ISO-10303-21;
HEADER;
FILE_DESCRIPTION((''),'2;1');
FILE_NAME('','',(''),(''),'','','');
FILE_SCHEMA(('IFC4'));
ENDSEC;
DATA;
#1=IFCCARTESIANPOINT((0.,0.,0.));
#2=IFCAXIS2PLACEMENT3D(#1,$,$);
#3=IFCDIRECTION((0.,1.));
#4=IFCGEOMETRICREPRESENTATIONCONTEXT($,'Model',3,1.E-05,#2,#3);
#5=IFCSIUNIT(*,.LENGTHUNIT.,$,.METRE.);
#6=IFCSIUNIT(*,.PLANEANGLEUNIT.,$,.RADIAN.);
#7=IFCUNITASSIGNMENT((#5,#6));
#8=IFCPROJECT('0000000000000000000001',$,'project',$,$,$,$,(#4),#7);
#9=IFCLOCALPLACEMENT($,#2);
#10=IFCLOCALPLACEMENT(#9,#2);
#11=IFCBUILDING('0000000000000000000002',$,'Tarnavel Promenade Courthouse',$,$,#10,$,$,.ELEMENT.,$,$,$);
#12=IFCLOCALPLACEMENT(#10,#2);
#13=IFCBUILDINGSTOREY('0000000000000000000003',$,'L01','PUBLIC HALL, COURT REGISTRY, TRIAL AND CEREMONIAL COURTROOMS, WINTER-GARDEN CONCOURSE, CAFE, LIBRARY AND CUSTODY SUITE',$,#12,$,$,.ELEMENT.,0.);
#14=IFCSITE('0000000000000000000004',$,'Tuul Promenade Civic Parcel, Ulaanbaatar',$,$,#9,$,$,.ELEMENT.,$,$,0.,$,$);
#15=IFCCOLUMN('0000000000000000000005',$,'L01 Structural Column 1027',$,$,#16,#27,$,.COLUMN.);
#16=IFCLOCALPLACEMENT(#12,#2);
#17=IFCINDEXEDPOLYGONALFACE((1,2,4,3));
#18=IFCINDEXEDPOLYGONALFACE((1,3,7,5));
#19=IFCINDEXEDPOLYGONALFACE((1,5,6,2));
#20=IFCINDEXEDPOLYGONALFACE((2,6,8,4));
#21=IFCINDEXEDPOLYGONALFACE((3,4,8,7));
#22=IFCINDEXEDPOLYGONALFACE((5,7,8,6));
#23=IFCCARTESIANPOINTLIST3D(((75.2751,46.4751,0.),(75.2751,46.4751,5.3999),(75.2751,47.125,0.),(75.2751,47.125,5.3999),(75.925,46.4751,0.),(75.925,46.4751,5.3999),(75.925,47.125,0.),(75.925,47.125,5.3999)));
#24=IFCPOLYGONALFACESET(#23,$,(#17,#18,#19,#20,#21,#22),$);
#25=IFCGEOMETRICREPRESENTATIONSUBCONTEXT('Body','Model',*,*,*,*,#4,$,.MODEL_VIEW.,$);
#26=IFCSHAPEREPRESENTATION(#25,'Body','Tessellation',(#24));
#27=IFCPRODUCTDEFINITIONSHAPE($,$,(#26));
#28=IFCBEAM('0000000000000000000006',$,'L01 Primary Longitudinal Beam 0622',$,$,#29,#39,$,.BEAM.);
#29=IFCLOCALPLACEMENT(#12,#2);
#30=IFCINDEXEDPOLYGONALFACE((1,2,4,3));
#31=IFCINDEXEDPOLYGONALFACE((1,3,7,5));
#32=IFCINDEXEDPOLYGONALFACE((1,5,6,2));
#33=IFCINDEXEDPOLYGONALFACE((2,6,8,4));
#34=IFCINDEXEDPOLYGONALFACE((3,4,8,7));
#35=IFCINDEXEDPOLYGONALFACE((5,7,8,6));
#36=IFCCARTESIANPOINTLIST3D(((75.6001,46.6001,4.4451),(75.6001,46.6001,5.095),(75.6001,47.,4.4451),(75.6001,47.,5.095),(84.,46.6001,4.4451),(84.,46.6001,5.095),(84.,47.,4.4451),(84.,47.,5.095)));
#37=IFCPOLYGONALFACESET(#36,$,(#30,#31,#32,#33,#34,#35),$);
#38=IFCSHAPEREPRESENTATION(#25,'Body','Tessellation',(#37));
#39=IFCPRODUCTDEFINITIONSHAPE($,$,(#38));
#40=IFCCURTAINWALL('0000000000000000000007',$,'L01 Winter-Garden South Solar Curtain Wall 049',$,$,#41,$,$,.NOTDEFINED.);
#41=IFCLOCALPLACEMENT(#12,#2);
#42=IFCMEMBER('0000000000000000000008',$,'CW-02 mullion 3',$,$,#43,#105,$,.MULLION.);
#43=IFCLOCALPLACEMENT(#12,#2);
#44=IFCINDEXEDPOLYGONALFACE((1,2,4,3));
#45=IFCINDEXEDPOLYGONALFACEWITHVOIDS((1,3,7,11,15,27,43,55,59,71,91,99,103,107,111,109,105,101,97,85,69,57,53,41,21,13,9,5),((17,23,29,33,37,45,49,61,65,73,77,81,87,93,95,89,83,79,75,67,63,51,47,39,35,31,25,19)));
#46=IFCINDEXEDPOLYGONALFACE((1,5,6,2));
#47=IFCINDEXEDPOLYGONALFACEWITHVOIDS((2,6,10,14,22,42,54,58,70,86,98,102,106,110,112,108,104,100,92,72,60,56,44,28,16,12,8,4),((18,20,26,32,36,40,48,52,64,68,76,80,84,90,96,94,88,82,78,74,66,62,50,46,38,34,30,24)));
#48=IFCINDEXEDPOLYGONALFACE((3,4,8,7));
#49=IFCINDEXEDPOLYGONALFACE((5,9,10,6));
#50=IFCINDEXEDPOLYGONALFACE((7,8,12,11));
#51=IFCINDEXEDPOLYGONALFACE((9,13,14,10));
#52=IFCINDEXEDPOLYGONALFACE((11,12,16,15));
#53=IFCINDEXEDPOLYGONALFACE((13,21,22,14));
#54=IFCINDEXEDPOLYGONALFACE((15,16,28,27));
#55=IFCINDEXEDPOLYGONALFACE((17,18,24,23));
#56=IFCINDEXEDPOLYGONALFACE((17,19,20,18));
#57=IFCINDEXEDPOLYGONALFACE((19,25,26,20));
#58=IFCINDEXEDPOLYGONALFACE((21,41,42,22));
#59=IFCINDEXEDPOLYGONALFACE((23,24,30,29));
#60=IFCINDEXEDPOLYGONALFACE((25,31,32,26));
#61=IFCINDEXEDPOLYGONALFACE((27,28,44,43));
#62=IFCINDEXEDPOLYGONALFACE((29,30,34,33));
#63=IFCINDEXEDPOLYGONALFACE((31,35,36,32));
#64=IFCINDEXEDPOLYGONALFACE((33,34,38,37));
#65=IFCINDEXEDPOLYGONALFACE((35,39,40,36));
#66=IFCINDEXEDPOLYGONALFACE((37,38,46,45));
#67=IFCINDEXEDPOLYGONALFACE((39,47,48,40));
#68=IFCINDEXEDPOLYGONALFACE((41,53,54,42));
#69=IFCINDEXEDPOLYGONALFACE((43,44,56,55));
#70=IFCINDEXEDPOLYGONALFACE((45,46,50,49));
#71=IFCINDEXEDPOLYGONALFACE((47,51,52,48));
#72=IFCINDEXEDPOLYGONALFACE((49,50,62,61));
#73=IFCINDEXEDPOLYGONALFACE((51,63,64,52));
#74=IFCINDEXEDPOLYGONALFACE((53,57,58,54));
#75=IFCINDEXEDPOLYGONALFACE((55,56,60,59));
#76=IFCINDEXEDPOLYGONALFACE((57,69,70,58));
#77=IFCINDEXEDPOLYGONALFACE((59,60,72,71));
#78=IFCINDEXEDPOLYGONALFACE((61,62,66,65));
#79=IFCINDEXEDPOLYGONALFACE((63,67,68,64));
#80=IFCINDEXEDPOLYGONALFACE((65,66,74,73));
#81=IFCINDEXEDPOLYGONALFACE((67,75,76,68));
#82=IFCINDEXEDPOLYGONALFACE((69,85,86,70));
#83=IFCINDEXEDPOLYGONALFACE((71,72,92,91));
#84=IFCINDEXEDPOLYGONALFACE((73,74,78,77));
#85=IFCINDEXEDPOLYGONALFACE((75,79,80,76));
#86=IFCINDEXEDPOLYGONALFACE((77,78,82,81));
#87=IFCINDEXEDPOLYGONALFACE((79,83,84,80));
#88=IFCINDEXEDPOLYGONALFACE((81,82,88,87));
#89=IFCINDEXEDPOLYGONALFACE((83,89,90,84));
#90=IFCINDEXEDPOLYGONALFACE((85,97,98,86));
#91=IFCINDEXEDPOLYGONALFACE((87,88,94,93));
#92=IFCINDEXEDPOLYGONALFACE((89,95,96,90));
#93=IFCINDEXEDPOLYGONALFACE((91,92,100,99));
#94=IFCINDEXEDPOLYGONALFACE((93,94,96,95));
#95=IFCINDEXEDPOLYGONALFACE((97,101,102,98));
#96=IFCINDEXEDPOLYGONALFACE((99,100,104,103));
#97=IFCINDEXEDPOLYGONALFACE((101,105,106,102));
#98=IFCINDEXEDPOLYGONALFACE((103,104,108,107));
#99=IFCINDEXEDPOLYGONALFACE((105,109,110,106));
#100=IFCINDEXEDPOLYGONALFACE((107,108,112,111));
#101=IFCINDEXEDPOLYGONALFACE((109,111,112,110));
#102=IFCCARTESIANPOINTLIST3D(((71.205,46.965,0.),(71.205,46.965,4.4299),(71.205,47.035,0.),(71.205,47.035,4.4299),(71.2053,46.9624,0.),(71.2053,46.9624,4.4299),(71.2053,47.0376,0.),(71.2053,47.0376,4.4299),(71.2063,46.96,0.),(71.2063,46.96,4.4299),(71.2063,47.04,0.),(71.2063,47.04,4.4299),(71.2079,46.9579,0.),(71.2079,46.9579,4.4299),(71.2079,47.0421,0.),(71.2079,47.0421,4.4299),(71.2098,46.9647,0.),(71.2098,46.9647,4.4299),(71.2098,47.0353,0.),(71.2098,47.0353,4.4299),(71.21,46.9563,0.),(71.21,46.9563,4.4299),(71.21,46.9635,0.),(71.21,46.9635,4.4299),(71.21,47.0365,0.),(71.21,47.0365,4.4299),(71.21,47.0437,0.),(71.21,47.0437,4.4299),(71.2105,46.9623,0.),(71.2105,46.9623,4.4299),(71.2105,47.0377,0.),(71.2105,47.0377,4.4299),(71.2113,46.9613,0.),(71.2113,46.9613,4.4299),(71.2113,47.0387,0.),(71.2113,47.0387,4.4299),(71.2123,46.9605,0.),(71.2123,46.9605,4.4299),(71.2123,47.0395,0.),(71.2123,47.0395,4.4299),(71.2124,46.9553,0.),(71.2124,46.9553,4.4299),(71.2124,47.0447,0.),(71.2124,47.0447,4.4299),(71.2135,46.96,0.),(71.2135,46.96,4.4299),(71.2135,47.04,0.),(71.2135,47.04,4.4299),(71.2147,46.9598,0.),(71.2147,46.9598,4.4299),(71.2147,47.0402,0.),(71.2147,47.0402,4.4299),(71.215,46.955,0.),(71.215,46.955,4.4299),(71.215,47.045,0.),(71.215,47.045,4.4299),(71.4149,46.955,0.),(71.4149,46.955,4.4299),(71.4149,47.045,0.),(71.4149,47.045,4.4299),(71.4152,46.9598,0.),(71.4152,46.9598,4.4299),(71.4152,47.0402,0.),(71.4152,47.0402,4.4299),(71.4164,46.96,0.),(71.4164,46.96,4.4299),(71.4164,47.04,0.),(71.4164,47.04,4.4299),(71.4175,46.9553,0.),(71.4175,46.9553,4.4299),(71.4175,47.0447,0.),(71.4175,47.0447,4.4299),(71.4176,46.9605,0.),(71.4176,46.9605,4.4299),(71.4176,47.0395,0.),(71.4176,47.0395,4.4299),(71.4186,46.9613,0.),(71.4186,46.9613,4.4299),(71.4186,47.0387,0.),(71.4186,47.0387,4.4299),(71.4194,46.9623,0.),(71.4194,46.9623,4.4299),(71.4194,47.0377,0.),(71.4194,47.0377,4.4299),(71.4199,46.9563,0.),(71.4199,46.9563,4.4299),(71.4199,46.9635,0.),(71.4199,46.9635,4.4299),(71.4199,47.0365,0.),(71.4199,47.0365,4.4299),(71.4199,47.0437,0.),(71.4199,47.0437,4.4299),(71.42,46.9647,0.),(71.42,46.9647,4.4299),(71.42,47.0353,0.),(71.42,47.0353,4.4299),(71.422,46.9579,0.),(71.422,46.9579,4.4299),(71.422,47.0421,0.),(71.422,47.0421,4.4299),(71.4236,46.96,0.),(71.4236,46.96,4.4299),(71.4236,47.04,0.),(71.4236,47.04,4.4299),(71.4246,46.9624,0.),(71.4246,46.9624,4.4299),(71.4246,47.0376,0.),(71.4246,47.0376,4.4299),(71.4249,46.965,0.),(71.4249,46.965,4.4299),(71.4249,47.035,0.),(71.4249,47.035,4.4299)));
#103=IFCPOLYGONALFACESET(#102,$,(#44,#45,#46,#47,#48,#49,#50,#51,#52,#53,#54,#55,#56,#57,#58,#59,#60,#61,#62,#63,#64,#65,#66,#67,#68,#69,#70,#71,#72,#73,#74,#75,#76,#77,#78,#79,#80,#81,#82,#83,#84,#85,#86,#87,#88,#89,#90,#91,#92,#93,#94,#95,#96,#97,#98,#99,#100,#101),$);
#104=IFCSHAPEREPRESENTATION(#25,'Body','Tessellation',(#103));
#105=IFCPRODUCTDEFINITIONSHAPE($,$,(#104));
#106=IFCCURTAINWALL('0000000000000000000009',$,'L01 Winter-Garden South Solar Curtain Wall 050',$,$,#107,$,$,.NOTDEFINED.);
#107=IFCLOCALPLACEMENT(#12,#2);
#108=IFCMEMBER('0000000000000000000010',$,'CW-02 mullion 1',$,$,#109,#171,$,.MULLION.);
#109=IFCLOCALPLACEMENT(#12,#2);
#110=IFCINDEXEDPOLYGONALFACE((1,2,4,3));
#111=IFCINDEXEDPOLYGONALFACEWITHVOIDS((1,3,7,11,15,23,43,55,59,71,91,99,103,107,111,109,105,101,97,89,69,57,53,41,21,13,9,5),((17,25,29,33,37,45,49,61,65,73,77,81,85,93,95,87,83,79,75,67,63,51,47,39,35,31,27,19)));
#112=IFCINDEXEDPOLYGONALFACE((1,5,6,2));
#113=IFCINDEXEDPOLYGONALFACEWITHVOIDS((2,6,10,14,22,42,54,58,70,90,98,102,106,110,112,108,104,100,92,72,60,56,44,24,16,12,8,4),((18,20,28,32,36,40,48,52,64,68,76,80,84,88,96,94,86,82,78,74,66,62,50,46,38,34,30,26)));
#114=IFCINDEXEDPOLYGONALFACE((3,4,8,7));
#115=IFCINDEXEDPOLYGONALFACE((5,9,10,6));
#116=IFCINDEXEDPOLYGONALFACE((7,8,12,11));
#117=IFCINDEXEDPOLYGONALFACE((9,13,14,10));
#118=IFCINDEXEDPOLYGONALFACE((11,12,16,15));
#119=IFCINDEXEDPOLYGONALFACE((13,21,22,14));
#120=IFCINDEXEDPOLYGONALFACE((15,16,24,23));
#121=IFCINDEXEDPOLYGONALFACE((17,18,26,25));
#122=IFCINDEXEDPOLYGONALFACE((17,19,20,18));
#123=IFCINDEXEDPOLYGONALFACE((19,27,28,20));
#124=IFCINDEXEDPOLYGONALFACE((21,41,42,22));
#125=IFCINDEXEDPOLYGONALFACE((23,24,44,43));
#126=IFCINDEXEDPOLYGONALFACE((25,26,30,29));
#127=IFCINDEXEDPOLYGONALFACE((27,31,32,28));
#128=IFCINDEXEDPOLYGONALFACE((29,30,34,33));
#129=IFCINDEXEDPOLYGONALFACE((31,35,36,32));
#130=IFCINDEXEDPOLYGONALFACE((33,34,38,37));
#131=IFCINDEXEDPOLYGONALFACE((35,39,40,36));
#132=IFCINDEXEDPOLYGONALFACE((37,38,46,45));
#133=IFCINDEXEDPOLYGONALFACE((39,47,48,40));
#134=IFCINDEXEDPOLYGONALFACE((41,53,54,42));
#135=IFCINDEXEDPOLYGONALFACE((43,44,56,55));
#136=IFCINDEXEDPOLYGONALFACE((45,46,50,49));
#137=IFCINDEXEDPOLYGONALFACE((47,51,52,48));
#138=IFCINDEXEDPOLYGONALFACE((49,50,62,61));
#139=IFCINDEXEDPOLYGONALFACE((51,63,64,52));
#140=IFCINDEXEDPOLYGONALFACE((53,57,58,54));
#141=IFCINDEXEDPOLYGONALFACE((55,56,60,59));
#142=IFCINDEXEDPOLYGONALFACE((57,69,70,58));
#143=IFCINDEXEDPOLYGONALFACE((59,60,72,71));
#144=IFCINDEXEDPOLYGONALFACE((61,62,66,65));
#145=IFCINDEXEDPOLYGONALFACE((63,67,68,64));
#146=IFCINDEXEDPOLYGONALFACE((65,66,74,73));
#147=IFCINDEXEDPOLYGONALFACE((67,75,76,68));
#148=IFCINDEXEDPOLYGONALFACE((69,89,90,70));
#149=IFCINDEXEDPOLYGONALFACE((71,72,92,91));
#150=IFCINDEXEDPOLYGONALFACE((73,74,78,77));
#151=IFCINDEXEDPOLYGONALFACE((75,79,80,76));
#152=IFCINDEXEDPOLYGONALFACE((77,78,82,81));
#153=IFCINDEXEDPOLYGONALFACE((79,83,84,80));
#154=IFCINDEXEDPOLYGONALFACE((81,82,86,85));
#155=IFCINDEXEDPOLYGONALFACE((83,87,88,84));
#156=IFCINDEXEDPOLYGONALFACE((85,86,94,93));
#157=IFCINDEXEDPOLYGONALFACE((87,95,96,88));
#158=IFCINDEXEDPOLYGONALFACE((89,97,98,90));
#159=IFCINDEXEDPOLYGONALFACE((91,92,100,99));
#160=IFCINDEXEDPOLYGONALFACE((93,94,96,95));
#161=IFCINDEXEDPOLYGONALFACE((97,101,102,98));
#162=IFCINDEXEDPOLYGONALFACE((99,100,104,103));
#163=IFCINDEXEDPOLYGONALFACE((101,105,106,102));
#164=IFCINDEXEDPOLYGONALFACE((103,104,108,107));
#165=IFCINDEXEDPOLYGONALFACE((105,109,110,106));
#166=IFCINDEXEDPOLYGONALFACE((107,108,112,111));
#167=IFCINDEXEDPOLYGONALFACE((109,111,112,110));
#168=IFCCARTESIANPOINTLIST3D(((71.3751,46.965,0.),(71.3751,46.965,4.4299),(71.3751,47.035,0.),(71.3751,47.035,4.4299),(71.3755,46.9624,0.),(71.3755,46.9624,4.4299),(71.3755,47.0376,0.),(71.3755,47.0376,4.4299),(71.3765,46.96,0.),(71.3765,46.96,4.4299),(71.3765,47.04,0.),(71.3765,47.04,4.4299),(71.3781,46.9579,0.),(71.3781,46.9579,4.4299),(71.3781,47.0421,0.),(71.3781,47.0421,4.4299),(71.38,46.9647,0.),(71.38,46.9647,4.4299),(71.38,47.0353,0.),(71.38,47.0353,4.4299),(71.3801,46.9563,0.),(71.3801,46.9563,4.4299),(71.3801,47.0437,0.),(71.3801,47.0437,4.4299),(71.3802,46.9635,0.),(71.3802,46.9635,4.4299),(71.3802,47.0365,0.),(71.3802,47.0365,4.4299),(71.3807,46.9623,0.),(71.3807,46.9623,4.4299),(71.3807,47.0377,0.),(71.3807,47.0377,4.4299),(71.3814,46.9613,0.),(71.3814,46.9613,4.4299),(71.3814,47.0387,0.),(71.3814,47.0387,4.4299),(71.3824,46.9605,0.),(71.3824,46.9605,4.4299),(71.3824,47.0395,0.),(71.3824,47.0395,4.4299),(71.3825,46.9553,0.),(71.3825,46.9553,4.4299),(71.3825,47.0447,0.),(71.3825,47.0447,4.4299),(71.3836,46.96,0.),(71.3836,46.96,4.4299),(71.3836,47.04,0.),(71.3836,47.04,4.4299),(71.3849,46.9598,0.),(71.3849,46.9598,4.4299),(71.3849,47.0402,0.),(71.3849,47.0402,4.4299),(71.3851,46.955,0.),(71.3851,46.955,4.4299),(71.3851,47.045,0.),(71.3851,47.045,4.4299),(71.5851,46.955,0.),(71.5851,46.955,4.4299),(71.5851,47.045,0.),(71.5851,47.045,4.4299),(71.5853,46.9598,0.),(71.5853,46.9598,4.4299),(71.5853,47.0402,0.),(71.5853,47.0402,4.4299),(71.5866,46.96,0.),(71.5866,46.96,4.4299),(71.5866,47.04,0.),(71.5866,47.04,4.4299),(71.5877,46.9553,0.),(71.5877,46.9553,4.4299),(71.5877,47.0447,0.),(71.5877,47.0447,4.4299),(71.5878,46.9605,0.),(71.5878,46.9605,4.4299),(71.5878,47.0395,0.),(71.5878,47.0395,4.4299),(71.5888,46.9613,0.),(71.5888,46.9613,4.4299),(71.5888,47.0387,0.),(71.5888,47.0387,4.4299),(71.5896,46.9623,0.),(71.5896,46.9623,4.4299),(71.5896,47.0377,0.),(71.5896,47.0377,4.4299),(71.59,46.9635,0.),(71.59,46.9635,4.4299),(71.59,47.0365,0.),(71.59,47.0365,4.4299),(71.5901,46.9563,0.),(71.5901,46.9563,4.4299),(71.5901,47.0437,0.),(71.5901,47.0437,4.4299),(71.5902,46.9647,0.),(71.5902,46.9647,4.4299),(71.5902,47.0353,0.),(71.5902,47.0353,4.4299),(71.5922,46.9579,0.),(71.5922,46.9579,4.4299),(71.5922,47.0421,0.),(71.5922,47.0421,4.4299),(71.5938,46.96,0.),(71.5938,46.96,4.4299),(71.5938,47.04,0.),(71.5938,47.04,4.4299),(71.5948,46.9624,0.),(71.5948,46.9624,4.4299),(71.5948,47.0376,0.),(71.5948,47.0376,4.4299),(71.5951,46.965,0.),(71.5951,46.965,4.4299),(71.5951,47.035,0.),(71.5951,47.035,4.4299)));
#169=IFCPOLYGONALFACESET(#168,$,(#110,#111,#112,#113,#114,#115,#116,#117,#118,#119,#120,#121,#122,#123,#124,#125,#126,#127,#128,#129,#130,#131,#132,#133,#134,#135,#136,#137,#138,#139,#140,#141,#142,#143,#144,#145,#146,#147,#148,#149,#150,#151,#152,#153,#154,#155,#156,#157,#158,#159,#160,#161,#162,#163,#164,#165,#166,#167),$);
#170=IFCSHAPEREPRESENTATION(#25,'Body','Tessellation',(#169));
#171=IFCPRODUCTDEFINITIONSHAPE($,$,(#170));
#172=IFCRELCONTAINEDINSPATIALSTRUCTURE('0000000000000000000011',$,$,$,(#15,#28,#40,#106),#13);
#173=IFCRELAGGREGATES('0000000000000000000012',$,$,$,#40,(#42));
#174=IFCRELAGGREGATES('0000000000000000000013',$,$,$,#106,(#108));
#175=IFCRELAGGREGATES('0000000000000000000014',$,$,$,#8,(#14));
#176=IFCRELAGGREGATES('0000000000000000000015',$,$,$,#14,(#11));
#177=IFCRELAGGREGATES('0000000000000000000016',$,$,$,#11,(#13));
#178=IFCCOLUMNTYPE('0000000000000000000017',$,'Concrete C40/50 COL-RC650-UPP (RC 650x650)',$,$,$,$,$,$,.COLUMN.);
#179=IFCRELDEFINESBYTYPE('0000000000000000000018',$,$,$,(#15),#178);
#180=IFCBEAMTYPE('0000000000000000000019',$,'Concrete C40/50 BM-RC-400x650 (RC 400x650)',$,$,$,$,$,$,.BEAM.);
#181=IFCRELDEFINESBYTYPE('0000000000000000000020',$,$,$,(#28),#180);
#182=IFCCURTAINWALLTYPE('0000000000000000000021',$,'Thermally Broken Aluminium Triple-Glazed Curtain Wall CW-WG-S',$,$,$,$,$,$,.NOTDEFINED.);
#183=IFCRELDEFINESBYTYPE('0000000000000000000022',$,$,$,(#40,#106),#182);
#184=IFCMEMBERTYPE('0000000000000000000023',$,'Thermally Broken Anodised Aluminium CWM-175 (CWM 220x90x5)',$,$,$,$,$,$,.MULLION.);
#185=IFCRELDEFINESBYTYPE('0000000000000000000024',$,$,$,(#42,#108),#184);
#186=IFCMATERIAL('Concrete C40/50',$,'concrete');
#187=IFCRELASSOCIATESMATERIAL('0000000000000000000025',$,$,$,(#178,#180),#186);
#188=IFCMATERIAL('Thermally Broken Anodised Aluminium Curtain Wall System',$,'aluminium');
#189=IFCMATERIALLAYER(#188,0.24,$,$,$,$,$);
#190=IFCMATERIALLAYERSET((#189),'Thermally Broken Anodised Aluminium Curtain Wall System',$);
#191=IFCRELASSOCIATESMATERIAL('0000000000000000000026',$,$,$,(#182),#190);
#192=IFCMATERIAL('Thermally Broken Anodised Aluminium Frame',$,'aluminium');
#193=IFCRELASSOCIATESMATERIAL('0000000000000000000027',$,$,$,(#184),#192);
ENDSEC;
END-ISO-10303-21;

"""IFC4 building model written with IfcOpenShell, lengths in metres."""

from ifc_helpers import new_model, si_unit, direction, frame, origin, origin_2d, place, context, subcontext, project, spatial, rectangle, hollow_rectangle, extrude, material, layer, layer_set, material_profile, profile_set, type_object, element, aggregate, save


model = new_model("IFC4")

# Units and contexts
model_context = context("Model", 3, precision=1e-05, world=origin(), true_north=direction((0.0, 1.0)))
body_context = subcontext(model_context, "Body", "Model", "MODEL_VIEW")
ifc_project = project(units=[si_unit("LENGTHUNIT", "METRE"), si_unit("PLANEANGLEUNIT", "RADIAN")], contexts=[model_context])

# Site, building, storey
site_placement = place(None, origin())
site = spatial("IfcSite", under=ifc_project, at=site_placement, Name="Tuul Promenade Civic Parcel, Ulaanbaatar", CompositionType="ELEMENT", RefElevation=0.0)
building_placement = place(site_placement, origin())
building = spatial("IfcBuilding", under=site, at=building_placement, Name="Tarnavel Promenade Courthouse", CompositionType="ELEMENT")
storey_placement = place(building_placement, origin())
storey = spatial("IfcBuildingStorey", under=building, at=storey_placement, Name="L01", Description="PUBLIC HALL, COURT REGISTRY, TRIAL AND CEREMONIAL COURTROOMS, WINTER-GARDEN CONCOURSE, CAFE, LIBRARY AND CUSTODY SUITE", CompositionType="ELEMENT", Elevation=0.0)

# Column
ifc_material_1 = material(Name="Concrete C40/50", Category="concrete")
ifc_material_profile_1 = material_profile(ifc_material_1, rectangle(XDim=0.6499, YDim=0.6499, at=origin_2d()), Name="RC 650x650")
ifc_profile_set_1 = profile_set([ifc_material_profile_1], Name="Concrete C40/50")
column_type = type_object("IfcColumnType", Name="Concrete C40/50 COL-RC650-UPP (RC 650x650)", PredefinedType="COLUMN", material=ifc_profile_set_1)
column_placement = place(storey_placement, frame((75.6001, 46.8, 0.0), z_axis=(0.0, 0.0, 1.0), x_axis=(1.0, 0.0, 0.0)))
element("IfcColumn", 1, at=column_placement, inside=storey, type_object=column_type, Name="L01 Structural Column 1027", PredefinedType="COLUMN", context=body_context, shape_type="SweptSolid", body=[
    extrude(rectangle(XDim=0.6499, YDim=0.6499, at=origin_2d()), origin(), (0.0, 0.0, 1.0), 5.3999),
])

# Beam
ifc_material_profile_2 = material_profile(ifc_material_1, rectangle(XDim=0.3999, YDim=0.6499, at=origin_2d()), Name="RC 400x650")
ifc_profile_set_2 = profile_set([ifc_material_profile_2], Name="Concrete C40/50")
beam_type = type_object("IfcBeamType", Name="Concrete C40/50 BM-RC-400x650 (RC 400x650)", PredefinedType="BEAM", material=ifc_profile_set_2)
beam_placement = place(storey_placement, frame((75.6001, 46.8, 4.77), z_axis=(1.0, 0.0, 0.0), x_axis=(0.0, 1.0, 0.0)))
element("IfcBeam", 2, at=beam_placement, inside=storey, type_object=beam_type, Name="L01 Primary Longitudinal Beam 0622", PredefinedType="BEAM", context=body_context, shape_type="SweptSolid", body=[
    extrude(rectangle(XDim=0.3999, YDim=0.6499, at=origin_2d()), origin(), (0.0, 0.0, 1.0), 8.3999),
])

# Curtain wall, member
ifc_material_2 = material(Name="Thermally Broken Anodised Aluminium Curtain Wall System", Category="aluminium")
ifc_layer_1 = layer(ifc_material_2, 0.24)
ifc_layer_set_1 = layer_set([ifc_layer_1], Name="Thermally Broken Anodised Aluminium Curtain Wall System")
curtain_wall_type = type_object("IfcCurtainWallType", Name="Thermally Broken Aluminium Triple-Glazed Curtain Wall CW-WG-S", PredefinedType="NOTDEFINED", material=ifc_layer_set_1)
curtain_wall_1_placement = place(storey_placement, origin())
curtain_wall_1 = element("IfcCurtainWall", 3, at=curtain_wall_1_placement, inside=storey, type_object=curtain_wall_type, Name="L01 Winter-Garden South Solar Curtain Wall 049", PredefinedType="NOTDEFINED")
ifc_material_3 = material(Name="Thermally Broken Anodised Aluminium Frame", Category="aluminium")
ifc_material_profile_3 = material_profile(ifc_material_3, hollow_rectangle(XDim=0.0901, YDim=0.22, WallThickness=0.0049, InnerFilletRadius=0.0049, OuterFilletRadius=0.01, at=origin_2d()), Name="CWM 220x90x5")
ifc_profile_set_3 = profile_set([ifc_material_profile_3], Name="Thermally Broken Anodised Aluminium Frame")
member_type_1 = type_object("IfcMemberType", Name="Thermally Broken Anodised Aluminium CWM-175 (CWM 220x90x5)", PredefinedType="MULLION", material=ifc_profile_set_3)
member_1_placement = place(storey_placement, frame((71.3149, 47.0, 0.0), z_axis=(0.0, 0.0, 1.0), x_axis=(0.0, 1.0, 0.0)))
member_1 = element("IfcMember", 4, at=member_1_placement, type_object=member_type_1, Name="CW-02 mullion 3", PredefinedType="MULLION", context=body_context, shape_type="SweptSolid", body=[
    extrude(hollow_rectangle(XDim=0.0901, YDim=0.22, WallThickness=0.0049, InnerFilletRadius=0.0049, OuterFilletRadius=0.01, at=origin_2d()), origin(), (0.0, 0.0, 1.0), 4.4299),
])

# Curtain wall, member
curtain_wall_2_placement = place(storey_placement, origin())
curtain_wall_2 = element("IfcCurtainWall", 5, at=curtain_wall_2_placement, inside=storey, type_object=curtain_wall_type, Name="L01 Winter-Garden South Solar Curtain Wall 050", PredefinedType="NOTDEFINED")
member_2_placement = place(storey_placement, frame((71.4851, 47.0, 0.0), z_axis=(0.0, 0.0, 1.0), x_axis=(0.0, 1.0, 0.0)))
member_2 = element("IfcMember", 6, at=member_2_placement, type_object=member_type_1, Name="CW-02 mullion 1", PredefinedType="MULLION", context=body_context, shape_type="SweptSolid", body=[
    extrude(hollow_rectangle(XDim=0.0901, YDim=0.22, WallThickness=0.0049, InnerFilletRadius=0.0049, OuterFilletRadius=0.01, at=origin_2d()), origin(), (0.0, 0.0, 1.0), 4.4299),
])

aggregate(curtain_wall_1, [member_1])
aggregate(curtain_wall_2, [member_2])

save(model, "model.ifc")
